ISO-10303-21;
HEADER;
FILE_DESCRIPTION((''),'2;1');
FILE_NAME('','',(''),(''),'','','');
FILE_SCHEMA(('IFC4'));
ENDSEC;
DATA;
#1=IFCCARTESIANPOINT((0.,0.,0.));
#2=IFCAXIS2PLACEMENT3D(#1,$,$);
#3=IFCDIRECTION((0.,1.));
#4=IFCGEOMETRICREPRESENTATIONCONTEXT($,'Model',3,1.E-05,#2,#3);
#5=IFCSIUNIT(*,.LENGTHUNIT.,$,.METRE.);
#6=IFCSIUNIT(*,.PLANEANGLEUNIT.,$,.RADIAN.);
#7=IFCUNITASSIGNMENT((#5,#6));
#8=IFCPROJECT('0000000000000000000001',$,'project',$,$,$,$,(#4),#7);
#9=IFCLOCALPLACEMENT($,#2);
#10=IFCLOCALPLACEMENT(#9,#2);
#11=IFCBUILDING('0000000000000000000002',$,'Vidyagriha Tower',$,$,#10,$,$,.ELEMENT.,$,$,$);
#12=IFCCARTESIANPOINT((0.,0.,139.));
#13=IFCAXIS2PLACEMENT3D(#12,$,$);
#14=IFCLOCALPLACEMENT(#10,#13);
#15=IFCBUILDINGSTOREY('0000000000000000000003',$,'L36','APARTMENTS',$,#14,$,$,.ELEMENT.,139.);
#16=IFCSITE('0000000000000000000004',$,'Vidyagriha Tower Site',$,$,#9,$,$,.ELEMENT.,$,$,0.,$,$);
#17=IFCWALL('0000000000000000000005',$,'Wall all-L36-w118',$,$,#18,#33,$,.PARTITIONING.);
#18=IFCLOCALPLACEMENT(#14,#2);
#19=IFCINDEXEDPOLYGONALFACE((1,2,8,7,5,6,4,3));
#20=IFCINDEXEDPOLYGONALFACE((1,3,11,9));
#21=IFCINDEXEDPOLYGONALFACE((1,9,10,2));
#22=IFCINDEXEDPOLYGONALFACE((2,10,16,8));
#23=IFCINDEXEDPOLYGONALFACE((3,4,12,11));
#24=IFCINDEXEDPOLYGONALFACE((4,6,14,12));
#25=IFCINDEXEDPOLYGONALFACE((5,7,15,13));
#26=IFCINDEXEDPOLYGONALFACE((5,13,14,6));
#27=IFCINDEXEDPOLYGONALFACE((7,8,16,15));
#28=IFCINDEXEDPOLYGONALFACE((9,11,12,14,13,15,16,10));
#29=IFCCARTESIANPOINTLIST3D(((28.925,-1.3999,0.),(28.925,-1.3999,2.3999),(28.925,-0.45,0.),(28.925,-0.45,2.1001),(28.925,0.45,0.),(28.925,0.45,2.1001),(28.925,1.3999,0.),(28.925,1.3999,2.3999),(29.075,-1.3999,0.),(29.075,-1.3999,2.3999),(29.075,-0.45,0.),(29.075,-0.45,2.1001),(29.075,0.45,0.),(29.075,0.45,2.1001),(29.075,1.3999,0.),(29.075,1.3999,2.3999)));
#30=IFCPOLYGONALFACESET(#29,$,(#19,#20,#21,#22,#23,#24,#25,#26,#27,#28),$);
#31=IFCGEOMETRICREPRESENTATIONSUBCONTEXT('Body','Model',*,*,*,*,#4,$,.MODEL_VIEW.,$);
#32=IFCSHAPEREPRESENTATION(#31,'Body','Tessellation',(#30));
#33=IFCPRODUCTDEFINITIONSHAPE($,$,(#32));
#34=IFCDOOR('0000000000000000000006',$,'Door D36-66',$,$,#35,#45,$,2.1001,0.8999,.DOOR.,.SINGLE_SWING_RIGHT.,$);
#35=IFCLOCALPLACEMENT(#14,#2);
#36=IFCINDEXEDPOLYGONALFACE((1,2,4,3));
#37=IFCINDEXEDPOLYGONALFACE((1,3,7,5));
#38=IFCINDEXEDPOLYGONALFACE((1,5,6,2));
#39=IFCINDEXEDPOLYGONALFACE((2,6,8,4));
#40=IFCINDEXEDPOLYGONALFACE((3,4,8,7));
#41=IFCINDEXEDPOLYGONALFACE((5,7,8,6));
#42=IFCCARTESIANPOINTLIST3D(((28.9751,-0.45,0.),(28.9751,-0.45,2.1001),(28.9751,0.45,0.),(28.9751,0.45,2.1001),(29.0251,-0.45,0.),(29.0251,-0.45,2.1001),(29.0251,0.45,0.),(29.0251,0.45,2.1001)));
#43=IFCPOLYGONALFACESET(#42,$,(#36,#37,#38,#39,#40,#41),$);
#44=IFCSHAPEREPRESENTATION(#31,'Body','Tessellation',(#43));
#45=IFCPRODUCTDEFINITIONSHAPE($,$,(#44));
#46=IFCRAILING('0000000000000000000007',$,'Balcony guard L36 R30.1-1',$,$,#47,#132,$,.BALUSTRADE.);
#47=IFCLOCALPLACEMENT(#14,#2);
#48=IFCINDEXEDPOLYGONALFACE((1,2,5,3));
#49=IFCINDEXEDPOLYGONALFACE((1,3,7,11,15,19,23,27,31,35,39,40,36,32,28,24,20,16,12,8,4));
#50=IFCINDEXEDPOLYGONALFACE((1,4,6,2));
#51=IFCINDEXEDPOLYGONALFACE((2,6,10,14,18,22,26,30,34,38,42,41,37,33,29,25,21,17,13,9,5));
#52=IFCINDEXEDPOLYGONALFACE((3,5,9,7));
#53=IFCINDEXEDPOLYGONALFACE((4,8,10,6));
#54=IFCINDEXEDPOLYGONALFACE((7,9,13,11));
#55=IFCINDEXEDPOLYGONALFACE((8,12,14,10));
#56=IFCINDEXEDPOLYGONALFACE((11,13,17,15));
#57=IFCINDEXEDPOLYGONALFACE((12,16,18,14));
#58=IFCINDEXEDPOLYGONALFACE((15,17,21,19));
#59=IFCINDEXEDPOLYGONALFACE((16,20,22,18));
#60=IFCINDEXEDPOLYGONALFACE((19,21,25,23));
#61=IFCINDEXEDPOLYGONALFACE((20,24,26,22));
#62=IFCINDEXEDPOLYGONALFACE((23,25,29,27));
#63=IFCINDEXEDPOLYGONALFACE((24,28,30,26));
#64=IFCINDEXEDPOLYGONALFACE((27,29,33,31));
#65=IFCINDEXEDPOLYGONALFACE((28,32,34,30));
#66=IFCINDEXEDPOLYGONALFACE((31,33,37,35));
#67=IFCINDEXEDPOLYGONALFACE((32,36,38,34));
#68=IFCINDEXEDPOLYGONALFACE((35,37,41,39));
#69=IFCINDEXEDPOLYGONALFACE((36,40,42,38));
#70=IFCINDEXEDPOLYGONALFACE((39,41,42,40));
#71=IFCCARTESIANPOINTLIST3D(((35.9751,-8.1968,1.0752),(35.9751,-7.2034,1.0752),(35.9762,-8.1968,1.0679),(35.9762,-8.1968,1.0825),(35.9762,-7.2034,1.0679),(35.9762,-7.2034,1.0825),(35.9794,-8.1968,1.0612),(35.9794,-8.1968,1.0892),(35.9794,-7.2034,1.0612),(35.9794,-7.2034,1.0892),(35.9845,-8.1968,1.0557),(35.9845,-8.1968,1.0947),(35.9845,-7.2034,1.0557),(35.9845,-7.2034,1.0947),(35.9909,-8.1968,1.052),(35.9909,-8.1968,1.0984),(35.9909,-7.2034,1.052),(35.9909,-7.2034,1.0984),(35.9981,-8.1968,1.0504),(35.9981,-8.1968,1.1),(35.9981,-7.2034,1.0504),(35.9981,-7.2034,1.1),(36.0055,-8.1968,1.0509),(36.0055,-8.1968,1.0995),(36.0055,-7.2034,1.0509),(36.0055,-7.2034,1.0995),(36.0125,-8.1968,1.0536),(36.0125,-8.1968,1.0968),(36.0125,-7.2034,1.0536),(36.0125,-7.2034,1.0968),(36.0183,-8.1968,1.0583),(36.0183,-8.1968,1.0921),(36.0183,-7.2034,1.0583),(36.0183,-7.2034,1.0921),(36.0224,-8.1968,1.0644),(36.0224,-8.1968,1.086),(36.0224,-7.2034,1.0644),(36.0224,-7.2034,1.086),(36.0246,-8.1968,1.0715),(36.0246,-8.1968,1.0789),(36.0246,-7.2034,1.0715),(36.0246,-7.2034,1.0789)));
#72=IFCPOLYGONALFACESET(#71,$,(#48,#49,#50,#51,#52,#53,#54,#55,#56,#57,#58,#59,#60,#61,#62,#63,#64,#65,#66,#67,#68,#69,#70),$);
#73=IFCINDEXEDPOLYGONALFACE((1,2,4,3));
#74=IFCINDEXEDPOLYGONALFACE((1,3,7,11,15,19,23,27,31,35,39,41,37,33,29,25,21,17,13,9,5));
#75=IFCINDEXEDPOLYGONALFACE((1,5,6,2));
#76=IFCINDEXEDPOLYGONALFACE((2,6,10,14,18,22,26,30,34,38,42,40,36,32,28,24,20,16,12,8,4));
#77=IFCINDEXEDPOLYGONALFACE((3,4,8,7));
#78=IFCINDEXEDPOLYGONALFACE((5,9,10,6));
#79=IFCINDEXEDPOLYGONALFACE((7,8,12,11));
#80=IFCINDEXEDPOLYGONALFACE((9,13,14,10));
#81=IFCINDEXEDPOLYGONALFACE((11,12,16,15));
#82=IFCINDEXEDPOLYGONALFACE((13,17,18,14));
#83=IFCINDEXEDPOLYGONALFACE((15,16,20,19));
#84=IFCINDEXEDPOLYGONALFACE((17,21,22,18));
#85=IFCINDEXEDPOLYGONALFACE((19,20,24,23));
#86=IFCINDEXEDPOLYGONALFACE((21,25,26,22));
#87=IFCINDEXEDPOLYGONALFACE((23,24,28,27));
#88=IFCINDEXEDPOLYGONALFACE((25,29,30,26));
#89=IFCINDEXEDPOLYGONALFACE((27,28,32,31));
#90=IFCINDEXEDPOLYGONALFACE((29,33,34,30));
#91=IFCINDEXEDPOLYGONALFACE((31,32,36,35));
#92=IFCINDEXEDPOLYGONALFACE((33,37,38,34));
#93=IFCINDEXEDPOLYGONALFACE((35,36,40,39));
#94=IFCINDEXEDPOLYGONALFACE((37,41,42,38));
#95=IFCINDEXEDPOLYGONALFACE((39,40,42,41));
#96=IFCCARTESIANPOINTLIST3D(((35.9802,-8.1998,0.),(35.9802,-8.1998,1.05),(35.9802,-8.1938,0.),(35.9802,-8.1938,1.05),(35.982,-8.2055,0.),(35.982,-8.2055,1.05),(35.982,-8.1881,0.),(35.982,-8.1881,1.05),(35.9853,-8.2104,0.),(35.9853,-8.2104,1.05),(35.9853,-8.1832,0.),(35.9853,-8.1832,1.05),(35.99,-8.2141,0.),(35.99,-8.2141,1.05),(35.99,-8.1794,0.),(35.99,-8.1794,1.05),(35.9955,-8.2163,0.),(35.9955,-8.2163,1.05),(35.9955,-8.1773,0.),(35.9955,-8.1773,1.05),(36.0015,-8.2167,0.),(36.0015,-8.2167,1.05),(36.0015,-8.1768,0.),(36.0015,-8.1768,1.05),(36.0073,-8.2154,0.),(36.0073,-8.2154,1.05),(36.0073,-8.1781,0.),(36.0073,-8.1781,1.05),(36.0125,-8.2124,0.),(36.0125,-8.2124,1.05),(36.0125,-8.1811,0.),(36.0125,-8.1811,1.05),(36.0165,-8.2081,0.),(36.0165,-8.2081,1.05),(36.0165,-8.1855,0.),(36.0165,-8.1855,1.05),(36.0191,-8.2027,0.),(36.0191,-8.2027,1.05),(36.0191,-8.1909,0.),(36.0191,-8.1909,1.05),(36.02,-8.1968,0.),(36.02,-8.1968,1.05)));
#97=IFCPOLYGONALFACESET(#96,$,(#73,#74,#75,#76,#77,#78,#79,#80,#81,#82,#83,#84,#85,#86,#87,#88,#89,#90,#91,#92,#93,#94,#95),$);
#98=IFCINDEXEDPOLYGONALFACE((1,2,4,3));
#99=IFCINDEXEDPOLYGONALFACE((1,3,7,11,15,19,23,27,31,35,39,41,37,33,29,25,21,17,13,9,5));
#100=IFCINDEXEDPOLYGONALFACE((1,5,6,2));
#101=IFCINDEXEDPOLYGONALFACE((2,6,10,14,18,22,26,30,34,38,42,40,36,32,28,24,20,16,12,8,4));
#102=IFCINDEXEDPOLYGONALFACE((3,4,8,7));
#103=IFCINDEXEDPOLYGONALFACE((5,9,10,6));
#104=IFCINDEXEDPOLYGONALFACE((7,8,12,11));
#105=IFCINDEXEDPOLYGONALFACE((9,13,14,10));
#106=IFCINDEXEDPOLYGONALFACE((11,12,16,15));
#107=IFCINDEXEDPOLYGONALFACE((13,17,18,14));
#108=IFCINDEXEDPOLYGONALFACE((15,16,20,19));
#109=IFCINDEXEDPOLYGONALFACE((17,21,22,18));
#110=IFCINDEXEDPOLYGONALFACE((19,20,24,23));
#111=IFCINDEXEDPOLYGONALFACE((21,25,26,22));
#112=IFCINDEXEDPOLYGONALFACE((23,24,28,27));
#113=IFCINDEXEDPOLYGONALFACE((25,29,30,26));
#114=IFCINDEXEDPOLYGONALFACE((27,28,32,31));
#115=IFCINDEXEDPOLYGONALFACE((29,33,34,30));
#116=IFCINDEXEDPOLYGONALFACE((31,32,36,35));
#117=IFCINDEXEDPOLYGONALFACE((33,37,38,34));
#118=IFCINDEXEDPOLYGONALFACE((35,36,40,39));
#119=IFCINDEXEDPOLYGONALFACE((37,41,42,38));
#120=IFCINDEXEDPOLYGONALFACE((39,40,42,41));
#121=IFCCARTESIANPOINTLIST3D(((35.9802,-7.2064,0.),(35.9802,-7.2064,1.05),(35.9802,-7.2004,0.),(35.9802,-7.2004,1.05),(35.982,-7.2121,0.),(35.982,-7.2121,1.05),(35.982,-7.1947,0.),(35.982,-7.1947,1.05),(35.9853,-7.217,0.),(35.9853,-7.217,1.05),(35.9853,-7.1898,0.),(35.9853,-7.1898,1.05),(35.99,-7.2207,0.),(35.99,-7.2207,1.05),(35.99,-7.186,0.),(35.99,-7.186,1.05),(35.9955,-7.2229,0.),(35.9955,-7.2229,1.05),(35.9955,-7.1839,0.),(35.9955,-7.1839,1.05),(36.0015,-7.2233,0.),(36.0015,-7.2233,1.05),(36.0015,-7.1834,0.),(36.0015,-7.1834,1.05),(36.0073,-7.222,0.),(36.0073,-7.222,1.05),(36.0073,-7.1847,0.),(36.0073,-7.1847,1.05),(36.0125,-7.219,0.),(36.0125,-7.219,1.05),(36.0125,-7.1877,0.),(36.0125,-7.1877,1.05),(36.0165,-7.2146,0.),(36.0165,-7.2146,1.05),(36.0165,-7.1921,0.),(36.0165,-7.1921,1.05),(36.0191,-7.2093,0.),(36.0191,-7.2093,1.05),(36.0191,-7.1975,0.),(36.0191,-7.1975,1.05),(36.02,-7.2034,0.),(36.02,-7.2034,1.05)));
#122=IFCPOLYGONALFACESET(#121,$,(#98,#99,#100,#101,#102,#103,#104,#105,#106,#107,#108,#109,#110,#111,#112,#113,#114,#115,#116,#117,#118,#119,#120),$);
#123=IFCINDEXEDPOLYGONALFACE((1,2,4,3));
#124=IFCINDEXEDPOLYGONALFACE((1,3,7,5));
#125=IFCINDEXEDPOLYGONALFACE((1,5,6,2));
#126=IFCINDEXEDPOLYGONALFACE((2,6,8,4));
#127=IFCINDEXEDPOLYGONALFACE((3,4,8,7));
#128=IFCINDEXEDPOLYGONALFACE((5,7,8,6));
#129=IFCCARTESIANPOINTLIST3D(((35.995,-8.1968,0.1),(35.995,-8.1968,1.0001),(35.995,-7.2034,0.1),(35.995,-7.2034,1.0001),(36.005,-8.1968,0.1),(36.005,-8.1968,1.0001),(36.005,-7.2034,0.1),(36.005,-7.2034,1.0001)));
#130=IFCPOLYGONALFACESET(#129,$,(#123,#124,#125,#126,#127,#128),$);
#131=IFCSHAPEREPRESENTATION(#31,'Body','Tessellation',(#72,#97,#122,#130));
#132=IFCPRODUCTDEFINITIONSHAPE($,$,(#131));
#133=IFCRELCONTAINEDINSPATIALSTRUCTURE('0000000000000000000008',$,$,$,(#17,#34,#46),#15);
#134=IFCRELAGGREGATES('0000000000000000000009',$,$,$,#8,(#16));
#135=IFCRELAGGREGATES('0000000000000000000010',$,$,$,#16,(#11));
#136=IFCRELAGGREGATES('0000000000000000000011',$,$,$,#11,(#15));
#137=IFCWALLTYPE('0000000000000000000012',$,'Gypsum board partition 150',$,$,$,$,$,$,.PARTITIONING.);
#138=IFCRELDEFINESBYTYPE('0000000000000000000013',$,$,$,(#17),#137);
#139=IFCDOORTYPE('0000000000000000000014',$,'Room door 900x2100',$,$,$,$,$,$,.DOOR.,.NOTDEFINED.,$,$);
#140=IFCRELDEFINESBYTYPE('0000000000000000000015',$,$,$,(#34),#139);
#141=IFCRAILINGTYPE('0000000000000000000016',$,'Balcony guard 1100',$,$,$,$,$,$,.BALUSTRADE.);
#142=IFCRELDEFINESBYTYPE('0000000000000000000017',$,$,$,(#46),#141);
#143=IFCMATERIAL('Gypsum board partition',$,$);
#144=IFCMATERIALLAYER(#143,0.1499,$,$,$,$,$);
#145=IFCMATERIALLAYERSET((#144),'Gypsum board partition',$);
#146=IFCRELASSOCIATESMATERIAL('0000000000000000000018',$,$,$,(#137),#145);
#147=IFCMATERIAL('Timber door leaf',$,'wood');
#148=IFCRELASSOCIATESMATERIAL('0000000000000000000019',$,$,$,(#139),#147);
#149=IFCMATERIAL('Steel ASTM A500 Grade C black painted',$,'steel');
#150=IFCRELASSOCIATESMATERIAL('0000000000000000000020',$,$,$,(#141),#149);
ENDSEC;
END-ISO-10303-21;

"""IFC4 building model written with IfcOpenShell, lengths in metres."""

from ifc_helpers import new_model, si_unit, direction, frame, frame_2d, origin, origin_2d, place, context, subcontext, project, spatial, rectangle, circle, extrude, material, layer, layer_set, type_object, element, fill, save


model = new_model("IFC4")

# Units and contexts
model_context = context("Model", 3, precision=1e-05, world=origin(), true_north=direction((0.0, 1.0)))
body_context = subcontext(model_context, "Body", "Model", "MODEL_VIEW")
ifc_project = project(units=[si_unit("LENGTHUNIT", "METRE"), si_unit("PLANEANGLEUNIT", "RADIAN")], contexts=[model_context])

# Site, building, storey
site_placement = place(None, origin())
site = spatial("IfcSite", under=ifc_project, at=site_placement, Name="Vidyagriha Tower Site", CompositionType="ELEMENT", RefElevation=0.0)
building_placement = place(site_placement, origin())
building = spatial("IfcBuilding", under=site, at=building_placement, Name="Vidyagriha Tower", CompositionType="ELEMENT")
storey_placement = place(building_placement, frame((0.0, 0.0, 139.0)))
storey = spatial("IfcBuildingStorey", under=building, at=storey_placement, Name="L36", Description="APARTMENTS", CompositionType="ELEMENT", Elevation=139.0)

# Shared definitions
ifc_material_1 = material(Name="Gypsum board partition")
ifc_layer_1 = layer(ifc_material_1, 0.1499)
ifc_layer_set_1 = layer_set([ifc_layer_1], Name="Gypsum board partition")
wall_type_1 = type_object("IfcWallType", Name="Gypsum board partition 150", PredefinedType="PARTITIONING", material=ifc_layer_set_1)

# Shared definitions
ifc_material_2 = material(Name="Timber door leaf", Category="wood")
door_type_1 = type_object("IfcDoorType", Name="Room door 900x2100", OperationType="NOTDEFINED", PredefinedType="DOOR", material=ifc_material_2)

# Wall, opening, door
wall_1_placement = place(storey_placement, frame((29.0, -1.3999, 0.0), z_axis=(0.0, 0.0, 1.0), x_axis=(0.0, 1.0, 0.0)))
wall_1 = element("IfcWall", 1, at=wall_1_placement, inside=storey, type_object=wall_type_1, Name="Wall all-L36-w118", PredefinedType="PARTITIONING", context=body_context, shape_type="SweptSolid", body=[
    extrude(rectangle(XDim=2.7998, YDim=0.1499, at=frame_2d((1.3999, 0.0))), origin(), (0.0, 0.0, 1.0), 2.3999),
])
opening_1_placement = place(wall_1_placement, frame((0.95, 0.0, 0.0)))
opening_1 = element("IfcOpeningElement", 2, at=opening_1_placement, cuts=wall_1, PredefinedType="OPENING", context=body_context, shape_type="SweptSolid", body=[
    extrude(rectangle(XDim=0.8999, YDim=2.1001, at=frame_2d((0.45, 1.05))), frame((0.0, 0.085, 0.0), z_axis=(0.0, -1.0, 0.0), x_axis=(1.0, 0.0, 0.0)), (0.0, 0.0, 1.0), 0.1699),
])
door_1_placement = place(opening_1_placement, origin())
door_1 = element("IfcDoor", 3, at=door_1_placement, inside=storey, type_object=door_type_1, Name="Door D36-66", OperationType="SINGLE_SWING_RIGHT", OverallHeight=2.1001, OverallWidth=0.8999, PredefinedType="DOOR", context=body_context, shape_type="SweptSolid", body=[
    extrude(rectangle(XDim=0.8999, YDim=2.1001, at=frame_2d((0.45, 1.05))), frame((0.0, 0.0249, 0.0), z_axis=(0.0, -1.0, 0.0), x_axis=(1.0, 0.0, 0.0)), (0.0, 0.0, 1.0), 0.05),
])
fill(opening_1, door_1)

# Railing
ifc_material_3 = material(Name="Steel ASTM A500 Grade C black painted", Category="steel")
railing_type = type_object("IfcRailingType", Name="Balcony guard 1100", PredefinedType="BALUSTRADE", material=ifc_material_3)
railing_1_placement = place(storey_placement, frame((36.0, -8.1968, 0.0)))
element("IfcRailing", 4, at=railing_1_placement, inside=storey, type_object=railing_type, Name="Balcony guard L36 R30.1-1", PredefinedType="BALUSTRADE", context=body_context, shape_type="SweptSolid", body=[
    extrude(circle(Radius=0.0249, at=origin_2d()), frame((0.0, 0.0, 1.0752), z_axis=(0.0, 1.0, 0.0), x_axis=(-1.0, 0.0, 0.0)), (0.0, 0.0, 1.0), 0.9934),
    extrude(circle(Radius=0.02, at=origin_2d()), origin(), (0.0, 0.0, 1.0), 1.05),
    extrude(circle(Radius=0.02, at=origin_2d()), frame((0.0, 0.9934, 0.0)), (0.0, 0.0, 1.0), 1.05),
    extrude(rectangle(XDim=0.01, YDim=0.9001, at=origin_2d()), frame((0.0, 0.0, 0.55), z_axis=(0.0, 1.0, 0.0), x_axis=(-1.0, 0.0, 0.0)), (0.0, 0.0, 1.0), 0.9934),
])

save(model, "model.ifc")
